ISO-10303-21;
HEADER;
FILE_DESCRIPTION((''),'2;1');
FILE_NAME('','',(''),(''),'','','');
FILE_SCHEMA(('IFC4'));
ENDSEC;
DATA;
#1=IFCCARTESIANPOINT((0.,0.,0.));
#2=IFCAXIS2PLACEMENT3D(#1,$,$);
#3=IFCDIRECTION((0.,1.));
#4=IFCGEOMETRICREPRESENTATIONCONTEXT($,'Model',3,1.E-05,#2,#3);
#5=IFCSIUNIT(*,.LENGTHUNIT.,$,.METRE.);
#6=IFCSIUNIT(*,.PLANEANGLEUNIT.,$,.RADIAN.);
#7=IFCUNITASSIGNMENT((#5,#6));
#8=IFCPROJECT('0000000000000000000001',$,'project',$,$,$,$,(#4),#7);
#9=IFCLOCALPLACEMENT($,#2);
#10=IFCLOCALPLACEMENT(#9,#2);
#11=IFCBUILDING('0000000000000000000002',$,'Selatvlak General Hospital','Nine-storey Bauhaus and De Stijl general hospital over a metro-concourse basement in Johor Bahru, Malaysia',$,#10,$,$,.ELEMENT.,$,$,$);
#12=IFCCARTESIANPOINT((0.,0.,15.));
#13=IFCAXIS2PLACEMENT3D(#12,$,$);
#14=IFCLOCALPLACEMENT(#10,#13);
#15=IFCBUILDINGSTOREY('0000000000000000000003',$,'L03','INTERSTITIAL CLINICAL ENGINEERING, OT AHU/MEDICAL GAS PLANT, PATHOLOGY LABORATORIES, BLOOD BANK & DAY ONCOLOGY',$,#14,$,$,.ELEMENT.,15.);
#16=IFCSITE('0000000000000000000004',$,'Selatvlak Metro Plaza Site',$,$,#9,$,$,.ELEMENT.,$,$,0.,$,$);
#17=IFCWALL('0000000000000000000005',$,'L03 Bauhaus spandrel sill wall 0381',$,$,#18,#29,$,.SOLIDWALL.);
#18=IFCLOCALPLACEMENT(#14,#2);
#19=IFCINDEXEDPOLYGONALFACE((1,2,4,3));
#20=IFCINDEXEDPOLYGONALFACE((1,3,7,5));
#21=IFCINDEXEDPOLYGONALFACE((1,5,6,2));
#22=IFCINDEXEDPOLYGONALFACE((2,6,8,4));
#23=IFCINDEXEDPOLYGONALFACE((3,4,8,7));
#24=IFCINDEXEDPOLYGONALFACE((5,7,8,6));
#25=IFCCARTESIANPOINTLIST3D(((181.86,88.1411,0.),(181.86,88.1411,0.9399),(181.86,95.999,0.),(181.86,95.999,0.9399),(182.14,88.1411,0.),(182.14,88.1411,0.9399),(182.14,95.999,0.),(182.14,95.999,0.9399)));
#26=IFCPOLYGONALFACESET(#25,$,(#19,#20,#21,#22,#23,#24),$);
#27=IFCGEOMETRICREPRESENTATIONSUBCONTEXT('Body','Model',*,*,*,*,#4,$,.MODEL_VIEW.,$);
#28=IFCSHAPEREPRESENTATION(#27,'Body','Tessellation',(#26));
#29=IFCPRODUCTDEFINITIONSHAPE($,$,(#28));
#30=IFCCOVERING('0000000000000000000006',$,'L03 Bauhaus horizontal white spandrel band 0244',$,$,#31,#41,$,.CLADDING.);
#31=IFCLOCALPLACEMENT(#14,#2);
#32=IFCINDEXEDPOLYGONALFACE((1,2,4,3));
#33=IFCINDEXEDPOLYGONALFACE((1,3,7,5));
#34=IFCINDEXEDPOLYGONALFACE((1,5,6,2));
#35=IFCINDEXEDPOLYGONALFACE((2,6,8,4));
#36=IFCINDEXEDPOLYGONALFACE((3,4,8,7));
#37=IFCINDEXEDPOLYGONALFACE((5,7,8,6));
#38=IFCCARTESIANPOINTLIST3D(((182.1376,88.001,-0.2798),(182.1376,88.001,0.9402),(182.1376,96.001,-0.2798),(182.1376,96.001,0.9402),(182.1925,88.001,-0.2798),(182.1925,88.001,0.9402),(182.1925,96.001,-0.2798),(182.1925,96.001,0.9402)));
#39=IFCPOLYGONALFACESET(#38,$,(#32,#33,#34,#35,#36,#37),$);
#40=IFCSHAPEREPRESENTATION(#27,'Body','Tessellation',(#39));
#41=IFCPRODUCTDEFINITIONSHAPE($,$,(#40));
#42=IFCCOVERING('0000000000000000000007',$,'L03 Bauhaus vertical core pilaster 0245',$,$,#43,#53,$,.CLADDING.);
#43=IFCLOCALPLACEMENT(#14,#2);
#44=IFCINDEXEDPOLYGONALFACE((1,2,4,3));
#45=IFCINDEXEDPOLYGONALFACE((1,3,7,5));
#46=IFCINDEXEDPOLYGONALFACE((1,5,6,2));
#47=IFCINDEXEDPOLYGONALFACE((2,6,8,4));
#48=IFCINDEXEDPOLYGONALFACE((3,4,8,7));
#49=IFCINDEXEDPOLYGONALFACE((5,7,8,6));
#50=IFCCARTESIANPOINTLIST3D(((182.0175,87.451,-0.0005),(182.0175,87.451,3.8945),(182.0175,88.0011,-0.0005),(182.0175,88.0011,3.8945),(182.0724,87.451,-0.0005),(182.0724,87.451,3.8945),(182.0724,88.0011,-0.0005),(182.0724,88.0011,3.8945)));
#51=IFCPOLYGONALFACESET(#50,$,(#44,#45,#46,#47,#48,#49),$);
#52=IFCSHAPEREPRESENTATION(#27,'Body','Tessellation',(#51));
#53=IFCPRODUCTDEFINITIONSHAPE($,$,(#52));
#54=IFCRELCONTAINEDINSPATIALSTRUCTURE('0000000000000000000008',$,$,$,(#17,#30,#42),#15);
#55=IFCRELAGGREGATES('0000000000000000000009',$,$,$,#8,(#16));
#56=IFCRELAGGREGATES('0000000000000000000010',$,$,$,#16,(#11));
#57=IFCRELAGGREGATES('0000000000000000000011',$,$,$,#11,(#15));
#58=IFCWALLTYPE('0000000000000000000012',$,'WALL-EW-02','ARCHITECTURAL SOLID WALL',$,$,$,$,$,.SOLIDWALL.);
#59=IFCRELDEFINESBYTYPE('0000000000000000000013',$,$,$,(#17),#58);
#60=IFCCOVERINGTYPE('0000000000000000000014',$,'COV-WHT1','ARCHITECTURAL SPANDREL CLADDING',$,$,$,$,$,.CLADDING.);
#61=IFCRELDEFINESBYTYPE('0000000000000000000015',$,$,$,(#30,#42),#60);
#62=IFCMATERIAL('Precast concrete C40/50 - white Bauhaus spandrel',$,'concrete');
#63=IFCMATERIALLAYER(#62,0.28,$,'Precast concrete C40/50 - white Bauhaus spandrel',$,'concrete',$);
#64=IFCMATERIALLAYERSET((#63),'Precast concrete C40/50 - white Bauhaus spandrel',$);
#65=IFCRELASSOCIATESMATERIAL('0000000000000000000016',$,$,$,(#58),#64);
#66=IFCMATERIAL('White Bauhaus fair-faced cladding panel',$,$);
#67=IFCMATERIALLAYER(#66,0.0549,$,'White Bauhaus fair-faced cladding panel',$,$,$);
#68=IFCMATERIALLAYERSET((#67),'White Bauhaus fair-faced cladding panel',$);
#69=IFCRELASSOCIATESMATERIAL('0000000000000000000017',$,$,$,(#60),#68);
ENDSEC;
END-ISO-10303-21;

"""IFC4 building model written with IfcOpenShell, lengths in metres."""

from ifc_helpers import new_model, si_unit, direction, frame, frame_2d, origin, origin_2d, place, context, subcontext, project, spatial, rectangle, extrude, material, layer, layer_set, type_object, element, save


model = new_model("IFC4")

# Units and contexts
model_context = context("Model", 3, precision=1e-05, world=origin(), true_north=direction((0.0, 1.0)))
body_context = subcontext(model_context, "Body", "Model", "MODEL_VIEW")
ifc_project = project(units=[si_unit("LENGTHUNIT", "METRE"), si_unit("PLANEANGLEUNIT", "RADIAN")], contexts=[model_context])

# Site, building, storey
site_placement = place(None, origin())
site = spatial("IfcSite", under=ifc_project, at=site_placement, Name="Selatvlak Metro Plaza Site", CompositionType="ELEMENT", RefElevation=0.0)
building_placement = place(site_placement, origin())
building = spatial("IfcBuilding", under=site, at=building_placement, Name="Selatvlak General Hospital", Description="Nine-storey Bauhaus and De Stijl general hospital over a metro-concourse basement in Johor Bahru, Malaysia", CompositionType="ELEMENT")
storey_placement = place(building_placement, frame((0.0, 0.0, 15.0)))
storey = spatial("IfcBuildingStorey", under=building, at=storey_placement, Name="L03", Description="INTERSTITIAL CLINICAL ENGINEERING, OT AHU/MEDICAL GAS PLANT, PATHOLOGY LABORATORIES, BLOOD BANK & DAY ONCOLOGY", CompositionType="ELEMENT", Elevation=15.0)

# Wall
ifc_material_1 = material(Name="Precast concrete C40/50 - white Bauhaus spandrel", Category="concrete")
ifc_layer_1 = layer(ifc_material_1, 0.28, Name="Precast concrete C40/50 - white Bauhaus spandrel", Category="concrete")
ifc_layer_set_1 = layer_set([ifc_layer_1], Name="Precast concrete C40/50 - white Bauhaus spandrel")
wall_type = type_object("IfcWallType", Name="WALL-EW-02", Description="ARCHITECTURAL SOLID WALL", PredefinedType="SOLIDWALL", material=ifc_layer_set_1)
wall_placement = place(storey_placement, frame((182.0, 95.999, 0.0), z_axis=(0.0, 0.0, 1.0), x_axis=(0.0, -1.0, 0.0)))
element("IfcWall", 1, at=wall_placement, inside=storey, type_object=wall_type, Name="L03 Bauhaus spandrel sill wall 0381", PredefinedType="SOLIDWALL", context=body_context, shape_type="SweptSolid", body=[
    extrude(rectangle(XDim=7.8579, YDim=0.28, at=frame_2d((3.929, 0.0))), origin(), (0.0, 0.0, 1.0), 0.9399),
])

# Coverings
ifc_material_2 = material(Name="White Bauhaus fair-faced cladding panel")
ifc_layer_2 = layer(ifc_material_2, 0.0549, Name="White Bauhaus fair-faced cladding panel")
ifc_layer_set_2 = layer_set([ifc_layer_2], Name="White Bauhaus fair-faced cladding panel")
covering_type = type_object("IfcCoveringType", Name="COV-WHT1", Description="ARCHITECTURAL SPANDREL CLADDING", PredefinedType="CLADDING", material=ifc_layer_set_2)
covering_1_placement = place(storey_placement, frame((182.165, 92.001, -0.2798), z_axis=(0.0, 0.0, 1.0), x_axis=(0.0, -1.0, 0.0)))
element("IfcCovering", 2, at=covering_1_placement, inside=storey, type_object=covering_type, Name="L03 Bauhaus horizontal white spandrel band 0244", PredefinedType="CLADDING", context=body_context, shape_type="SweptSolid", body=[
    extrude(rectangle(XDim=8.0, YDim=0.0549, at=origin_2d()), origin(), (0.0, 0.0, 1.0), 1.22),
])
covering_2_placement = place(storey_placement, frame((182.0449, 87.7261, -0.0005), z_axis=(0.0, 0.0, 1.0), x_axis=(0.0, -1.0, 0.0)))
element("IfcCovering", 3, at=covering_2_placement, inside=storey, type_object=covering_type, Name="L03 Bauhaus vertical core pilaster 0245", PredefinedType="CLADDING", context=body_context, shape_type="SweptSolid", body=[
    extrude(rectangle(XDim=0.55, YDim=0.0549, at=origin_2d()), origin(), (0.0, 0.0, 1.0), 3.895),
])

save(model, "model.ifc")
